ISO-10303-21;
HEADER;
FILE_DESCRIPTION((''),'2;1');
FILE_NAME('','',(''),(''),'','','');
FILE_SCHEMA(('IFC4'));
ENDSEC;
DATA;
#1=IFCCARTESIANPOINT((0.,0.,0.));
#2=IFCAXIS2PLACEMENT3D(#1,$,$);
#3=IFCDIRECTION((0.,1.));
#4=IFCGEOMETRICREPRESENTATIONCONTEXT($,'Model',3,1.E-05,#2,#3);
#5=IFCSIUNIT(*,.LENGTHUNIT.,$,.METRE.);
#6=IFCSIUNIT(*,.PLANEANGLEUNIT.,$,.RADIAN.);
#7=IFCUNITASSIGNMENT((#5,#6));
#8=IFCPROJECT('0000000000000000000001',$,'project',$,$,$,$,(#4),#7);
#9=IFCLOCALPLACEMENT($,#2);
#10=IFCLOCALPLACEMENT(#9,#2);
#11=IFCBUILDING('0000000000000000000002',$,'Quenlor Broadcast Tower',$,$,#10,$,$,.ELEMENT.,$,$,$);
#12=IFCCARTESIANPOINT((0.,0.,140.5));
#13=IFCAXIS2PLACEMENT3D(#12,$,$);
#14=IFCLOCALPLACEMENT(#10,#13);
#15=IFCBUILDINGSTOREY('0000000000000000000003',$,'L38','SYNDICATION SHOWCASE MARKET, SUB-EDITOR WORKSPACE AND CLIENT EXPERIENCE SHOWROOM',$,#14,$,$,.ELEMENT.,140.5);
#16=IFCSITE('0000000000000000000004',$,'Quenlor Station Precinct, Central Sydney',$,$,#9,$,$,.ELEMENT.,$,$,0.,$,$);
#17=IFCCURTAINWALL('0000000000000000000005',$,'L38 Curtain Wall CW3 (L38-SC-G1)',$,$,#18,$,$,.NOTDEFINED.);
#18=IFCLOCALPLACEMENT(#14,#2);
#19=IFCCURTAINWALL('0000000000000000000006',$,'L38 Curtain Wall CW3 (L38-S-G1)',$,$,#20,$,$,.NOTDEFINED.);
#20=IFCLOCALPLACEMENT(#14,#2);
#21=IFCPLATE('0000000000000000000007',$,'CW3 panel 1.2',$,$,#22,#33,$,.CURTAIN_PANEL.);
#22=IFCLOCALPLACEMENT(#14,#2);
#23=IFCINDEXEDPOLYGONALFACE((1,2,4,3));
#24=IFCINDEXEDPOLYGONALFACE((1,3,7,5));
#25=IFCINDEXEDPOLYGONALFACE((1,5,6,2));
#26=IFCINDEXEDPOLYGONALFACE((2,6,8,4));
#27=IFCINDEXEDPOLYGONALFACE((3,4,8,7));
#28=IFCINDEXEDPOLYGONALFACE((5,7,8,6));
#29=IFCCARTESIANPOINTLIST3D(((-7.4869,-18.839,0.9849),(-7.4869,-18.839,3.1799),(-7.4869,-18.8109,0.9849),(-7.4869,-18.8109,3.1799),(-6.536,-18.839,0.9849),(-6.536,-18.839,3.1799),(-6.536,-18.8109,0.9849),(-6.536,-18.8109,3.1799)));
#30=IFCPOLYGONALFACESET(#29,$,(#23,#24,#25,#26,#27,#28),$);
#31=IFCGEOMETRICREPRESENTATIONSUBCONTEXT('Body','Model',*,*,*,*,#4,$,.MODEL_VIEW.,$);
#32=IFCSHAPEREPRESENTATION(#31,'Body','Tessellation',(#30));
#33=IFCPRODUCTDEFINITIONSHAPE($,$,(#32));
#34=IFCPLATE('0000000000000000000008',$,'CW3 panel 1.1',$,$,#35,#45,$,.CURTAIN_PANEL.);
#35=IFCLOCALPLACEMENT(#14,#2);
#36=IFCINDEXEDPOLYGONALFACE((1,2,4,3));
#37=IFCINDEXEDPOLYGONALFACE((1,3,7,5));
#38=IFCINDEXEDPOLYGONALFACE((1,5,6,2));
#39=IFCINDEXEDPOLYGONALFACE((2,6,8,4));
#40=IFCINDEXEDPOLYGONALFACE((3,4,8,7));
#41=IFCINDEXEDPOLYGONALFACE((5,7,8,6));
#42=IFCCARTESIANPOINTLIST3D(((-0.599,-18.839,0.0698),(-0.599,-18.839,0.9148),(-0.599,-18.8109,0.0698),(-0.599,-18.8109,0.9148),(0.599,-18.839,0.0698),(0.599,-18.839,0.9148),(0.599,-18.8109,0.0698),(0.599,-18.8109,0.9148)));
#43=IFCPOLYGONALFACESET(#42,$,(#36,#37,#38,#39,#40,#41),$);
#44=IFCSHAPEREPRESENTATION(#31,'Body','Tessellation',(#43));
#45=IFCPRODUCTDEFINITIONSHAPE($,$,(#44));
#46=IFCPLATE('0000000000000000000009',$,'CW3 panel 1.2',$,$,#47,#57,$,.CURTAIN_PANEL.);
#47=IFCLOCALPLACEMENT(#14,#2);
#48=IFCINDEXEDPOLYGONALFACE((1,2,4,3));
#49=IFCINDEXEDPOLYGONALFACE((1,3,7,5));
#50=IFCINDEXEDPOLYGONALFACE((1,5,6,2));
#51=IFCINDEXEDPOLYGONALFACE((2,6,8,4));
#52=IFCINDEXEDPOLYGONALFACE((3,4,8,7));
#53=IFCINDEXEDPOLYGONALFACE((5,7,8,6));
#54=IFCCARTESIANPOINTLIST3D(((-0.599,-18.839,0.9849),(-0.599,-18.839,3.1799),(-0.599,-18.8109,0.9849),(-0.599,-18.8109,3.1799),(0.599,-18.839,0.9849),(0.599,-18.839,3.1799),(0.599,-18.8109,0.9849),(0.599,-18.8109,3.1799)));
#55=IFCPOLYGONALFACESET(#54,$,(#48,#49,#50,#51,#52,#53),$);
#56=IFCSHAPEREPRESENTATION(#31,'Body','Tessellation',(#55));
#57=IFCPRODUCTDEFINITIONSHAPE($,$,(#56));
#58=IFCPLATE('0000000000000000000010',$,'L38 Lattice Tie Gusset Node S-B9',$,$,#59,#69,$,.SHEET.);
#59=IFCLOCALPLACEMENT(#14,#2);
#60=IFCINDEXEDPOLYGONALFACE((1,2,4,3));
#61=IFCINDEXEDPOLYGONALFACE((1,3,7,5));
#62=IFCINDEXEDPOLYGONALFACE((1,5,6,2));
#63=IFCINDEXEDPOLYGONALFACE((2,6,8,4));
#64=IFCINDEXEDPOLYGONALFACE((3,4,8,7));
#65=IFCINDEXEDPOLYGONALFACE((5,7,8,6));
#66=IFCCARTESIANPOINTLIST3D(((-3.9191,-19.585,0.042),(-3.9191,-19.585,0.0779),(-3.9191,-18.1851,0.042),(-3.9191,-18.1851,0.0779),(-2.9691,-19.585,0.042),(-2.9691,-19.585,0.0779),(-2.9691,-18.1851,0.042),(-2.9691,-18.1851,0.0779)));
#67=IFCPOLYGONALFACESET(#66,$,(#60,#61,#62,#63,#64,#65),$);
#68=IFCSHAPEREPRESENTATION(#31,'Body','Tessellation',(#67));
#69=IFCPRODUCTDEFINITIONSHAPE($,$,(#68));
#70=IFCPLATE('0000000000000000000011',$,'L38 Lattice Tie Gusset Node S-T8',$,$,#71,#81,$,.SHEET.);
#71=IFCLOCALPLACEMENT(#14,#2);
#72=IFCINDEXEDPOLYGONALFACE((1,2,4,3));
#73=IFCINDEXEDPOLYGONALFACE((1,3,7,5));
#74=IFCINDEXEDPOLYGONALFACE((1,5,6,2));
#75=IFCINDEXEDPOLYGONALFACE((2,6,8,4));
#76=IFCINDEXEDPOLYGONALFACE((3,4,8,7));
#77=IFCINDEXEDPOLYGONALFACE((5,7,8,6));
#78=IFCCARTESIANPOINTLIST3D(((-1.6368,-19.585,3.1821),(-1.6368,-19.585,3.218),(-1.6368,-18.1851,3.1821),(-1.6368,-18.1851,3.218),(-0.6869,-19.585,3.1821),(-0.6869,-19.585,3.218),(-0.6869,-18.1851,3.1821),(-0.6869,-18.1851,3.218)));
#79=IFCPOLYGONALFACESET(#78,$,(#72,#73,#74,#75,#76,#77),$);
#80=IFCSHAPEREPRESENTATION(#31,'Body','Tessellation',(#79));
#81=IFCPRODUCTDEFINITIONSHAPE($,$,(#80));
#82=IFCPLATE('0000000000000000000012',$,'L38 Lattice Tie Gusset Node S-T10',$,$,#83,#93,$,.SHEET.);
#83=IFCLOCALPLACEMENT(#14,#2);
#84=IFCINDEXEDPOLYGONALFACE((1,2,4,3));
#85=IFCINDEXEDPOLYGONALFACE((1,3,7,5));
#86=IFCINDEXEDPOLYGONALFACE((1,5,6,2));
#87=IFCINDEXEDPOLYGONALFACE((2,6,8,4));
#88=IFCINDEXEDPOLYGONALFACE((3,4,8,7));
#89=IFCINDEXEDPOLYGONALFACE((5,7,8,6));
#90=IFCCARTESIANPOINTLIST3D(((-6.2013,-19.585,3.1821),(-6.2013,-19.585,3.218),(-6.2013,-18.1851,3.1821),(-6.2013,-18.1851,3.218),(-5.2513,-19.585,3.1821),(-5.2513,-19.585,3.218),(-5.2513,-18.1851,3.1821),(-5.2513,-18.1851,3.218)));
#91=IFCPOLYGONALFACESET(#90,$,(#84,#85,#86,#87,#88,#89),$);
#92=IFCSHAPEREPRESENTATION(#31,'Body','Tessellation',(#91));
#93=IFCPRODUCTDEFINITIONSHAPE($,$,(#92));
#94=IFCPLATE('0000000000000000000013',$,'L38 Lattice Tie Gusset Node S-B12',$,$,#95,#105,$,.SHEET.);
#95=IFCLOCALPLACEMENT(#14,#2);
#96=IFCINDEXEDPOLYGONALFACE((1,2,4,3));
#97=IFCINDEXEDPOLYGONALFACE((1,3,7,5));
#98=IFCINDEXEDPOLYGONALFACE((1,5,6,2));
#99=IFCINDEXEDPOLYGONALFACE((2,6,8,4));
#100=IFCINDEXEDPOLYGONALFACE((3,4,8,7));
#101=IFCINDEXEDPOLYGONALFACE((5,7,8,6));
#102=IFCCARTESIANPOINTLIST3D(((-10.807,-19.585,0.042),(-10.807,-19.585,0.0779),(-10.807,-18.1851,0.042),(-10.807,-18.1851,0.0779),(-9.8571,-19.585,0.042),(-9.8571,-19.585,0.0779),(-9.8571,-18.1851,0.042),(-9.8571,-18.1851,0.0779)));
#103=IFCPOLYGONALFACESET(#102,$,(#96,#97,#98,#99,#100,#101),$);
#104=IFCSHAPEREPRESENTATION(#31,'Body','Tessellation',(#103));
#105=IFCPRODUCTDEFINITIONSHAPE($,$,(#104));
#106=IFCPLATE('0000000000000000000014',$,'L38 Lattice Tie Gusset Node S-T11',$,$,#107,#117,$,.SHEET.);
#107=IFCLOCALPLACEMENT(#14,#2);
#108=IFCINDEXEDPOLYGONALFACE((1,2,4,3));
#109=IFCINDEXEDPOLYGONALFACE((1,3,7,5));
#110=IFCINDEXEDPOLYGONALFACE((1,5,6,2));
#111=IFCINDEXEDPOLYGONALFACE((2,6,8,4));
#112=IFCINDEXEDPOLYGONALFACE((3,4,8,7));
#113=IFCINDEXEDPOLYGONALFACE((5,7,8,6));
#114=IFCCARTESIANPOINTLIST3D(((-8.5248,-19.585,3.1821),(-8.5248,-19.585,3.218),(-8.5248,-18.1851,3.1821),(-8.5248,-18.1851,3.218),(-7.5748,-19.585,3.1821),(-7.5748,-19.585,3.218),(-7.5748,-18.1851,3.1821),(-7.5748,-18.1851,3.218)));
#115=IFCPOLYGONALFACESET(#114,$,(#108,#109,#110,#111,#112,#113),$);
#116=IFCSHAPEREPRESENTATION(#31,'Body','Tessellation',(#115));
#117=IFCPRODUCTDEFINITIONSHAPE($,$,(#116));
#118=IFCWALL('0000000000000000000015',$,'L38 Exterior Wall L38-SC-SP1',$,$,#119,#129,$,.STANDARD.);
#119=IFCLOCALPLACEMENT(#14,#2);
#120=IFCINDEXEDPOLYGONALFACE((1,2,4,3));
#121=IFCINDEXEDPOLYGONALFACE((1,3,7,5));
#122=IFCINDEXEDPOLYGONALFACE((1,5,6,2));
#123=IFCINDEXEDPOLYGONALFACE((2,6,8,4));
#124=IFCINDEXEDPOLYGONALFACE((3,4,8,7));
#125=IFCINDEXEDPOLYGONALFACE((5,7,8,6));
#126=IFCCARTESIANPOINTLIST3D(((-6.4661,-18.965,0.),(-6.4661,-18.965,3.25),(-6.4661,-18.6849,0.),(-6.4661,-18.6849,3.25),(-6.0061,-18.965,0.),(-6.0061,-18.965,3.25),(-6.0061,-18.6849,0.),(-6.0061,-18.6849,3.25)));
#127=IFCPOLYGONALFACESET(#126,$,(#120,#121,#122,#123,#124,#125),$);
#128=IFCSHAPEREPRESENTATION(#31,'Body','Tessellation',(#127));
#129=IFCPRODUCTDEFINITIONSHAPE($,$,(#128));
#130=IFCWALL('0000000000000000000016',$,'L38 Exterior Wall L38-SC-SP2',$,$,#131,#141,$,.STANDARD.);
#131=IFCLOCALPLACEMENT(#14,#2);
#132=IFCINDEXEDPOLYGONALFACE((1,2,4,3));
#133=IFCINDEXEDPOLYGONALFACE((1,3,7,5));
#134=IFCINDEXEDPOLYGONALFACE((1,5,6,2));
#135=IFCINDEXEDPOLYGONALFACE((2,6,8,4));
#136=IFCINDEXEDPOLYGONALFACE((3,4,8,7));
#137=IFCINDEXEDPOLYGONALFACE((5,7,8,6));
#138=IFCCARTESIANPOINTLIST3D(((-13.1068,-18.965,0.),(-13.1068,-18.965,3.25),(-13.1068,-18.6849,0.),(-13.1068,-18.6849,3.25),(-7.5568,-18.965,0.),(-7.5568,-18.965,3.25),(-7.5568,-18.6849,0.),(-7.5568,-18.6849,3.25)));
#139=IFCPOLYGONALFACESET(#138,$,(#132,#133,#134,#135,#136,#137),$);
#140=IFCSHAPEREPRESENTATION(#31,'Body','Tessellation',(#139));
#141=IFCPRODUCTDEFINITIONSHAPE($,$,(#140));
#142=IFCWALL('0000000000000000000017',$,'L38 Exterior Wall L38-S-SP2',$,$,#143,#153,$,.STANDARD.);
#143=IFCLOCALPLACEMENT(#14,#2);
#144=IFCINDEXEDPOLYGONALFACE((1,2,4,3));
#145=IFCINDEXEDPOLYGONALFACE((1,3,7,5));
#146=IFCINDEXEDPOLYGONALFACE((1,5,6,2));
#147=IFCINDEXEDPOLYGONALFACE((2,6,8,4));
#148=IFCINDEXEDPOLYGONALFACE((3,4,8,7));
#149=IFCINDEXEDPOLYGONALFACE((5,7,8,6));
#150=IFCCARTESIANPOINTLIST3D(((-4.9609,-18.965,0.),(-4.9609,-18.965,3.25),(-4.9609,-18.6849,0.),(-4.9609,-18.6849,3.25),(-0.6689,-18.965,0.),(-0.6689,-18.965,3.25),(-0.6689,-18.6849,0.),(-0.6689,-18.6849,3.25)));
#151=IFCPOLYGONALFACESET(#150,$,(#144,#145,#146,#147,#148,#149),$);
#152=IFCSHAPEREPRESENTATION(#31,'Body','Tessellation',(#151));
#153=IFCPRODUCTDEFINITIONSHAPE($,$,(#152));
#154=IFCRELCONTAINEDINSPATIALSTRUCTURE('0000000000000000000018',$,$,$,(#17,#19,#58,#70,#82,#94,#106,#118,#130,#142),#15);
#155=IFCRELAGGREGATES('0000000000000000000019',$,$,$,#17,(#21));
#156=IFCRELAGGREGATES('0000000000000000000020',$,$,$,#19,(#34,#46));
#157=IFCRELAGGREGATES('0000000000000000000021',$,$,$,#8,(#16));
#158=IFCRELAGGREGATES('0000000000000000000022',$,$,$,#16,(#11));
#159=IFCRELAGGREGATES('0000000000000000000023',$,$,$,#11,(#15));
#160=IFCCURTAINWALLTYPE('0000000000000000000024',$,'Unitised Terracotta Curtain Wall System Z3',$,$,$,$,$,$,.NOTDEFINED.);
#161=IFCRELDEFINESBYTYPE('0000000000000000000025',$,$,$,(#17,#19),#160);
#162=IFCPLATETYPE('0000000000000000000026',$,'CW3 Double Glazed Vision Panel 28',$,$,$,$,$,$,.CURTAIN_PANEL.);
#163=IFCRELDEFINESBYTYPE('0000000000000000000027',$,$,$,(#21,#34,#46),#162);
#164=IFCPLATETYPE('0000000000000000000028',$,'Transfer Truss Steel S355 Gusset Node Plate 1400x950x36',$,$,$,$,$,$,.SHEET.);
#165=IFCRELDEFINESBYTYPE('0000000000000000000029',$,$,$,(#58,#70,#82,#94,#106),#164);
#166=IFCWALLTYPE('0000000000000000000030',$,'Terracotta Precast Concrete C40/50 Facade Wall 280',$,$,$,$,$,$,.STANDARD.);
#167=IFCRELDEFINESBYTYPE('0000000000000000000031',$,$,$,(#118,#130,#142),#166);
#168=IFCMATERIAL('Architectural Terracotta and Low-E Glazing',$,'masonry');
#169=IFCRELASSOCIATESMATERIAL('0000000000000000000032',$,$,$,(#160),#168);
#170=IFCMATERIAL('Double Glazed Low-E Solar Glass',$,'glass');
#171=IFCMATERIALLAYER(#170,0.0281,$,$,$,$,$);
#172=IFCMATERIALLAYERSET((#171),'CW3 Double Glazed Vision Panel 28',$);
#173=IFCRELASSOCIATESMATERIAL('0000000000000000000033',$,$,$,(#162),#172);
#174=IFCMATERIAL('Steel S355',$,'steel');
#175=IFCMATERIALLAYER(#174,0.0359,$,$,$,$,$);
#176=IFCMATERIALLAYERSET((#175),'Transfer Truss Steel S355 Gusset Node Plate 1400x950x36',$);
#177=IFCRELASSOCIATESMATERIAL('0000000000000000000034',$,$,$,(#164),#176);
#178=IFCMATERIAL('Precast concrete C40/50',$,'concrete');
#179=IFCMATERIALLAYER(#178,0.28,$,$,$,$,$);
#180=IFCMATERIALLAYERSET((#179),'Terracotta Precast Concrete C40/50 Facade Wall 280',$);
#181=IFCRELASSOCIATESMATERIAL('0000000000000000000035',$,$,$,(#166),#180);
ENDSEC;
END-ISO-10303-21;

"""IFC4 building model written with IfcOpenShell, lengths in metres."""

from ifc_helpers import new_model, si_unit, direction, frame, frame_2d, origin, origin_2d, place, context, subcontext, project, spatial, rectangle, extrude, material, layer, layer_set, type_object, element, aggregate, save


model = new_model("IFC4")

# Units and contexts
model_context = context("Model", 3, precision=1e-05, world=origin(), true_north=direction((0.0, 1.0)))
body_context = subcontext(model_context, "Body", "Model", "MODEL_VIEW")
ifc_project = project(units=[si_unit("LENGTHUNIT", "METRE"), si_unit("PLANEANGLEUNIT", "RADIAN")], contexts=[model_context])

# Site, building, storey
site_placement = place(None, origin())
site = spatial("IfcSite", under=ifc_project, at=site_placement, Name="Quenlor Station Precinct, Central Sydney", CompositionType="ELEMENT", RefElevation=0.0)
building_placement = place(site_placement, origin())
building = spatial("IfcBuilding", under=site, at=building_placement, Name="Quenlor Broadcast Tower", CompositionType="ELEMENT")
storey_placement = place(building_placement, frame((0.0, 0.0, 140.5)))
storey = spatial("IfcBuildingStorey", under=building, at=storey_placement, Name="L38", Description="SYNDICATION SHOWCASE MARKET, SUB-EDITOR WORKSPACE AND CLIENT EXPERIENCE SHOWROOM", CompositionType="ELEMENT", Elevation=140.5)

# Curtain wall
ifc_material_1 = material(Name="Architectural Terracotta and Low-E Glazing", Category="masonry")
curtain_wall_type = type_object("IfcCurtainWallType", Name="Unitised Terracotta Curtain Wall System Z3", PredefinedType="NOTDEFINED", material=ifc_material_1)
curtain_wall_1_placement = place(storey_placement, origin())
curtain_wall_1 = element("IfcCurtainWall", 1, at=curtain_wall_1_placement, inside=storey, type_object=curtain_wall_type, Name="L38 Curtain Wall CW3 (L38-SC-G1)", PredefinedType="NOTDEFINED")

# Curtain wall
curtain_wall_2_placement = place(storey_placement, origin())
curtain_wall_2 = element("IfcCurtainWall", 2, at=curtain_wall_2_placement, inside=storey, type_object=curtain_wall_type, Name="L38 Curtain Wall CW3 (L38-S-G1)", PredefinedType="NOTDEFINED")

# Plates
ifc_material_2 = material(Name="Double Glazed Low-E Solar Glass", Category="glass")
ifc_layer_1 = layer(ifc_material_2, 0.0281)
ifc_layer_set_1 = layer_set([ifc_layer_1], Name="CW3 Double Glazed Vision Panel 28")
plate_type_1 = type_object("IfcPlateType", Name="CW3 Double Glazed Vision Panel 28", PredefinedType="CURTAIN_PANEL", material=ifc_layer_set_1)
plate_1_placement = place(storey_placement, frame((-7.0115, -18.825, 0.9849), z_axis=(0.0, 0.0, 1.0), x_axis=(-1.0, 0.0, 0.0)))
plate_1 = element("IfcPlate", 3, at=plate_1_placement, type_object=plate_type_1, Name="CW3 panel 1.2", PredefinedType="CURTAIN_PANEL", context=body_context, shape_type="SweptSolid", body=[
    extrude(rectangle(XDim=0.9509, YDim=0.0281, at=origin_2d()), origin(), (0.0, 0.0, 1.0), 2.1951),
])
aggregate(curtain_wall_1, [plate_1])
plate_2_placement = place(storey_placement, frame((0.0, -18.825, 0.0698), z_axis=(0.0, 0.0, 1.0), x_axis=(-1.0, 0.0, 0.0)))
plate_2 = element("IfcPlate", 4, at=plate_2_placement, type_object=plate_type_1, Name="CW3 panel 1.1", PredefinedType="CURTAIN_PANEL", context=body_context, shape_type="SweptSolid", body=[
    extrude(rectangle(XDim=1.198, YDim=0.0281, at=origin_2d()), origin(), (0.0, 0.0, 1.0), 0.845),
])
plate_3_placement = place(storey_placement, frame((0.0, -18.825, 0.9849), z_axis=(0.0, 0.0, 1.0), x_axis=(-1.0, 0.0, 0.0)))
plate_3 = element("IfcPlate", 5, at=plate_3_placement, type_object=plate_type_1, Name="CW3 panel 1.2", PredefinedType="CURTAIN_PANEL", context=body_context, shape_type="SweptSolid", body=[
    extrude(rectangle(XDim=1.198, YDim=0.0281, at=origin_2d()), origin(), (0.0, 0.0, 1.0), 2.1951),
])
aggregate(curtain_wall_2, [plate_2, plate_3])

# Plates
ifc_material_3 = material(Name="Steel S355", Category="steel")
ifc_layer_2 = layer(ifc_material_3, 0.0359)
ifc_layer_set_2 = layer_set([ifc_layer_2], Name="Transfer Truss Steel S355 Gusset Node Plate 1400x950x36")
plate_type_2 = type_object("IfcPlateType", Name="Transfer Truss Steel S355 Gusset Node Plate 1400x950x36", PredefinedType="SHEET", material=ifc_layer_set_2)
for number, where, z_axis, x_axis, name in (
    (6, (-3.4441, -18.885, 0.042), (0.0, 0.0, 1.0), (0.0, -1.0, 0.0), "L38 Lattice Tie Gusset Node S-B9"),
    (7, (-1.1619, -18.885, 3.1821), (0.0, 0.0, 1.0), (0.0, -1.0, 0.0), "L38 Lattice Tie Gusset Node S-T8"),
    (8, (-5.7263, -18.885, 3.1821), (0.0, 0.0, 1.0), (0.0, -1.0, 0.0), "L38 Lattice Tie Gusset Node S-T10"),
    (9, (-10.332, -18.885, 0.042), (0.0, 0.0, 1.0), (0.0, -1.0, 0.0), "L38 Lattice Tie Gusset Node S-B12"),
    (10, (-8.0498, -18.885, 3.1821), (0.0, 0.0, 1.0), (0.0, -1.0, 0.0), "L38 Lattice Tie Gusset Node S-T11"),
):
    element("IfcPlate", number, at=place(storey_placement, frame(where, z_axis=z_axis, x_axis=x_axis)), inside=storey, type_object=plate_type_2, Name=name, PredefinedType="SHEET", context=body_context, shape_type="SweptSolid", body=[
        extrude(rectangle(XDim=1.3999, YDim=0.95, at=origin_2d()), origin(), (0.0, 0.0, 1.0), 0.0359),
    ])

# Walls
ifc_material_4 = material(Name="Precast concrete C40/50", Category="concrete")
ifc_layer_3 = layer(ifc_material_4, 0.28)
ifc_layer_set_3 = layer_set([ifc_layer_3], Name="Terracotta Precast Concrete C40/50 Facade Wall 280")
wall_type = type_object("IfcWallType", Name="Terracotta Precast Concrete C40/50 Facade Wall 280", PredefinedType="STANDARD", material=ifc_layer_set_3)
wall_1_placement = place(storey_placement, frame((-6.0061, -18.825, 0.0), z_axis=(0.0, 0.0, 1.0), x_axis=(-1.0, 0.0, 0.0)))
element("IfcWall", 11, at=wall_1_placement, inside=storey, type_object=wall_type, Name="L38 Exterior Wall L38-SC-SP1", PredefinedType="STANDARD", context=body_context, shape_type="SweptSolid", body=[
    extrude(rectangle(XDim=0.46, YDim=0.28, at=frame_2d((0.23, 0.0))), origin(), (0.0, 0.0, 1.0), 3.25),
])
wall_2_placement = place(storey_placement, frame((-7.5569, -18.825, 0.0), z_axis=(0.0, 0.0, 1.0), x_axis=(-1.0, 0.0, 0.0)))
element("IfcWall", 12, at=wall_2_placement, inside=storey, type_object=wall_type, Name="L38 Exterior Wall L38-SC-SP2", PredefinedType="STANDARD", context=body_context, shape_type="SweptSolid", body=[
    extrude(rectangle(XDim=5.55, YDim=0.28, at=frame_2d((2.7749, 0.0))), origin(), (0.0, 0.0, 1.0), 3.25),
])
wall_3_placement = place(storey_placement, frame((-0.6689, -18.825, 0.0), z_axis=(0.0, 0.0, 1.0), x_axis=(-1.0, 0.0, 0.0)))
element("IfcWall", 13, at=wall_3_placement, inside=storey, type_object=wall_type, Name="L38 Exterior Wall L38-S-SP2", PredefinedType="STANDARD", context=body_context, shape_type="SweptSolid", body=[
    extrude(rectangle(XDim=4.292, YDim=0.28, at=frame_2d((2.146, 0.0))), origin(), (0.0, 0.0, 1.0), 3.25),
])

save(model, "model.ifc")
